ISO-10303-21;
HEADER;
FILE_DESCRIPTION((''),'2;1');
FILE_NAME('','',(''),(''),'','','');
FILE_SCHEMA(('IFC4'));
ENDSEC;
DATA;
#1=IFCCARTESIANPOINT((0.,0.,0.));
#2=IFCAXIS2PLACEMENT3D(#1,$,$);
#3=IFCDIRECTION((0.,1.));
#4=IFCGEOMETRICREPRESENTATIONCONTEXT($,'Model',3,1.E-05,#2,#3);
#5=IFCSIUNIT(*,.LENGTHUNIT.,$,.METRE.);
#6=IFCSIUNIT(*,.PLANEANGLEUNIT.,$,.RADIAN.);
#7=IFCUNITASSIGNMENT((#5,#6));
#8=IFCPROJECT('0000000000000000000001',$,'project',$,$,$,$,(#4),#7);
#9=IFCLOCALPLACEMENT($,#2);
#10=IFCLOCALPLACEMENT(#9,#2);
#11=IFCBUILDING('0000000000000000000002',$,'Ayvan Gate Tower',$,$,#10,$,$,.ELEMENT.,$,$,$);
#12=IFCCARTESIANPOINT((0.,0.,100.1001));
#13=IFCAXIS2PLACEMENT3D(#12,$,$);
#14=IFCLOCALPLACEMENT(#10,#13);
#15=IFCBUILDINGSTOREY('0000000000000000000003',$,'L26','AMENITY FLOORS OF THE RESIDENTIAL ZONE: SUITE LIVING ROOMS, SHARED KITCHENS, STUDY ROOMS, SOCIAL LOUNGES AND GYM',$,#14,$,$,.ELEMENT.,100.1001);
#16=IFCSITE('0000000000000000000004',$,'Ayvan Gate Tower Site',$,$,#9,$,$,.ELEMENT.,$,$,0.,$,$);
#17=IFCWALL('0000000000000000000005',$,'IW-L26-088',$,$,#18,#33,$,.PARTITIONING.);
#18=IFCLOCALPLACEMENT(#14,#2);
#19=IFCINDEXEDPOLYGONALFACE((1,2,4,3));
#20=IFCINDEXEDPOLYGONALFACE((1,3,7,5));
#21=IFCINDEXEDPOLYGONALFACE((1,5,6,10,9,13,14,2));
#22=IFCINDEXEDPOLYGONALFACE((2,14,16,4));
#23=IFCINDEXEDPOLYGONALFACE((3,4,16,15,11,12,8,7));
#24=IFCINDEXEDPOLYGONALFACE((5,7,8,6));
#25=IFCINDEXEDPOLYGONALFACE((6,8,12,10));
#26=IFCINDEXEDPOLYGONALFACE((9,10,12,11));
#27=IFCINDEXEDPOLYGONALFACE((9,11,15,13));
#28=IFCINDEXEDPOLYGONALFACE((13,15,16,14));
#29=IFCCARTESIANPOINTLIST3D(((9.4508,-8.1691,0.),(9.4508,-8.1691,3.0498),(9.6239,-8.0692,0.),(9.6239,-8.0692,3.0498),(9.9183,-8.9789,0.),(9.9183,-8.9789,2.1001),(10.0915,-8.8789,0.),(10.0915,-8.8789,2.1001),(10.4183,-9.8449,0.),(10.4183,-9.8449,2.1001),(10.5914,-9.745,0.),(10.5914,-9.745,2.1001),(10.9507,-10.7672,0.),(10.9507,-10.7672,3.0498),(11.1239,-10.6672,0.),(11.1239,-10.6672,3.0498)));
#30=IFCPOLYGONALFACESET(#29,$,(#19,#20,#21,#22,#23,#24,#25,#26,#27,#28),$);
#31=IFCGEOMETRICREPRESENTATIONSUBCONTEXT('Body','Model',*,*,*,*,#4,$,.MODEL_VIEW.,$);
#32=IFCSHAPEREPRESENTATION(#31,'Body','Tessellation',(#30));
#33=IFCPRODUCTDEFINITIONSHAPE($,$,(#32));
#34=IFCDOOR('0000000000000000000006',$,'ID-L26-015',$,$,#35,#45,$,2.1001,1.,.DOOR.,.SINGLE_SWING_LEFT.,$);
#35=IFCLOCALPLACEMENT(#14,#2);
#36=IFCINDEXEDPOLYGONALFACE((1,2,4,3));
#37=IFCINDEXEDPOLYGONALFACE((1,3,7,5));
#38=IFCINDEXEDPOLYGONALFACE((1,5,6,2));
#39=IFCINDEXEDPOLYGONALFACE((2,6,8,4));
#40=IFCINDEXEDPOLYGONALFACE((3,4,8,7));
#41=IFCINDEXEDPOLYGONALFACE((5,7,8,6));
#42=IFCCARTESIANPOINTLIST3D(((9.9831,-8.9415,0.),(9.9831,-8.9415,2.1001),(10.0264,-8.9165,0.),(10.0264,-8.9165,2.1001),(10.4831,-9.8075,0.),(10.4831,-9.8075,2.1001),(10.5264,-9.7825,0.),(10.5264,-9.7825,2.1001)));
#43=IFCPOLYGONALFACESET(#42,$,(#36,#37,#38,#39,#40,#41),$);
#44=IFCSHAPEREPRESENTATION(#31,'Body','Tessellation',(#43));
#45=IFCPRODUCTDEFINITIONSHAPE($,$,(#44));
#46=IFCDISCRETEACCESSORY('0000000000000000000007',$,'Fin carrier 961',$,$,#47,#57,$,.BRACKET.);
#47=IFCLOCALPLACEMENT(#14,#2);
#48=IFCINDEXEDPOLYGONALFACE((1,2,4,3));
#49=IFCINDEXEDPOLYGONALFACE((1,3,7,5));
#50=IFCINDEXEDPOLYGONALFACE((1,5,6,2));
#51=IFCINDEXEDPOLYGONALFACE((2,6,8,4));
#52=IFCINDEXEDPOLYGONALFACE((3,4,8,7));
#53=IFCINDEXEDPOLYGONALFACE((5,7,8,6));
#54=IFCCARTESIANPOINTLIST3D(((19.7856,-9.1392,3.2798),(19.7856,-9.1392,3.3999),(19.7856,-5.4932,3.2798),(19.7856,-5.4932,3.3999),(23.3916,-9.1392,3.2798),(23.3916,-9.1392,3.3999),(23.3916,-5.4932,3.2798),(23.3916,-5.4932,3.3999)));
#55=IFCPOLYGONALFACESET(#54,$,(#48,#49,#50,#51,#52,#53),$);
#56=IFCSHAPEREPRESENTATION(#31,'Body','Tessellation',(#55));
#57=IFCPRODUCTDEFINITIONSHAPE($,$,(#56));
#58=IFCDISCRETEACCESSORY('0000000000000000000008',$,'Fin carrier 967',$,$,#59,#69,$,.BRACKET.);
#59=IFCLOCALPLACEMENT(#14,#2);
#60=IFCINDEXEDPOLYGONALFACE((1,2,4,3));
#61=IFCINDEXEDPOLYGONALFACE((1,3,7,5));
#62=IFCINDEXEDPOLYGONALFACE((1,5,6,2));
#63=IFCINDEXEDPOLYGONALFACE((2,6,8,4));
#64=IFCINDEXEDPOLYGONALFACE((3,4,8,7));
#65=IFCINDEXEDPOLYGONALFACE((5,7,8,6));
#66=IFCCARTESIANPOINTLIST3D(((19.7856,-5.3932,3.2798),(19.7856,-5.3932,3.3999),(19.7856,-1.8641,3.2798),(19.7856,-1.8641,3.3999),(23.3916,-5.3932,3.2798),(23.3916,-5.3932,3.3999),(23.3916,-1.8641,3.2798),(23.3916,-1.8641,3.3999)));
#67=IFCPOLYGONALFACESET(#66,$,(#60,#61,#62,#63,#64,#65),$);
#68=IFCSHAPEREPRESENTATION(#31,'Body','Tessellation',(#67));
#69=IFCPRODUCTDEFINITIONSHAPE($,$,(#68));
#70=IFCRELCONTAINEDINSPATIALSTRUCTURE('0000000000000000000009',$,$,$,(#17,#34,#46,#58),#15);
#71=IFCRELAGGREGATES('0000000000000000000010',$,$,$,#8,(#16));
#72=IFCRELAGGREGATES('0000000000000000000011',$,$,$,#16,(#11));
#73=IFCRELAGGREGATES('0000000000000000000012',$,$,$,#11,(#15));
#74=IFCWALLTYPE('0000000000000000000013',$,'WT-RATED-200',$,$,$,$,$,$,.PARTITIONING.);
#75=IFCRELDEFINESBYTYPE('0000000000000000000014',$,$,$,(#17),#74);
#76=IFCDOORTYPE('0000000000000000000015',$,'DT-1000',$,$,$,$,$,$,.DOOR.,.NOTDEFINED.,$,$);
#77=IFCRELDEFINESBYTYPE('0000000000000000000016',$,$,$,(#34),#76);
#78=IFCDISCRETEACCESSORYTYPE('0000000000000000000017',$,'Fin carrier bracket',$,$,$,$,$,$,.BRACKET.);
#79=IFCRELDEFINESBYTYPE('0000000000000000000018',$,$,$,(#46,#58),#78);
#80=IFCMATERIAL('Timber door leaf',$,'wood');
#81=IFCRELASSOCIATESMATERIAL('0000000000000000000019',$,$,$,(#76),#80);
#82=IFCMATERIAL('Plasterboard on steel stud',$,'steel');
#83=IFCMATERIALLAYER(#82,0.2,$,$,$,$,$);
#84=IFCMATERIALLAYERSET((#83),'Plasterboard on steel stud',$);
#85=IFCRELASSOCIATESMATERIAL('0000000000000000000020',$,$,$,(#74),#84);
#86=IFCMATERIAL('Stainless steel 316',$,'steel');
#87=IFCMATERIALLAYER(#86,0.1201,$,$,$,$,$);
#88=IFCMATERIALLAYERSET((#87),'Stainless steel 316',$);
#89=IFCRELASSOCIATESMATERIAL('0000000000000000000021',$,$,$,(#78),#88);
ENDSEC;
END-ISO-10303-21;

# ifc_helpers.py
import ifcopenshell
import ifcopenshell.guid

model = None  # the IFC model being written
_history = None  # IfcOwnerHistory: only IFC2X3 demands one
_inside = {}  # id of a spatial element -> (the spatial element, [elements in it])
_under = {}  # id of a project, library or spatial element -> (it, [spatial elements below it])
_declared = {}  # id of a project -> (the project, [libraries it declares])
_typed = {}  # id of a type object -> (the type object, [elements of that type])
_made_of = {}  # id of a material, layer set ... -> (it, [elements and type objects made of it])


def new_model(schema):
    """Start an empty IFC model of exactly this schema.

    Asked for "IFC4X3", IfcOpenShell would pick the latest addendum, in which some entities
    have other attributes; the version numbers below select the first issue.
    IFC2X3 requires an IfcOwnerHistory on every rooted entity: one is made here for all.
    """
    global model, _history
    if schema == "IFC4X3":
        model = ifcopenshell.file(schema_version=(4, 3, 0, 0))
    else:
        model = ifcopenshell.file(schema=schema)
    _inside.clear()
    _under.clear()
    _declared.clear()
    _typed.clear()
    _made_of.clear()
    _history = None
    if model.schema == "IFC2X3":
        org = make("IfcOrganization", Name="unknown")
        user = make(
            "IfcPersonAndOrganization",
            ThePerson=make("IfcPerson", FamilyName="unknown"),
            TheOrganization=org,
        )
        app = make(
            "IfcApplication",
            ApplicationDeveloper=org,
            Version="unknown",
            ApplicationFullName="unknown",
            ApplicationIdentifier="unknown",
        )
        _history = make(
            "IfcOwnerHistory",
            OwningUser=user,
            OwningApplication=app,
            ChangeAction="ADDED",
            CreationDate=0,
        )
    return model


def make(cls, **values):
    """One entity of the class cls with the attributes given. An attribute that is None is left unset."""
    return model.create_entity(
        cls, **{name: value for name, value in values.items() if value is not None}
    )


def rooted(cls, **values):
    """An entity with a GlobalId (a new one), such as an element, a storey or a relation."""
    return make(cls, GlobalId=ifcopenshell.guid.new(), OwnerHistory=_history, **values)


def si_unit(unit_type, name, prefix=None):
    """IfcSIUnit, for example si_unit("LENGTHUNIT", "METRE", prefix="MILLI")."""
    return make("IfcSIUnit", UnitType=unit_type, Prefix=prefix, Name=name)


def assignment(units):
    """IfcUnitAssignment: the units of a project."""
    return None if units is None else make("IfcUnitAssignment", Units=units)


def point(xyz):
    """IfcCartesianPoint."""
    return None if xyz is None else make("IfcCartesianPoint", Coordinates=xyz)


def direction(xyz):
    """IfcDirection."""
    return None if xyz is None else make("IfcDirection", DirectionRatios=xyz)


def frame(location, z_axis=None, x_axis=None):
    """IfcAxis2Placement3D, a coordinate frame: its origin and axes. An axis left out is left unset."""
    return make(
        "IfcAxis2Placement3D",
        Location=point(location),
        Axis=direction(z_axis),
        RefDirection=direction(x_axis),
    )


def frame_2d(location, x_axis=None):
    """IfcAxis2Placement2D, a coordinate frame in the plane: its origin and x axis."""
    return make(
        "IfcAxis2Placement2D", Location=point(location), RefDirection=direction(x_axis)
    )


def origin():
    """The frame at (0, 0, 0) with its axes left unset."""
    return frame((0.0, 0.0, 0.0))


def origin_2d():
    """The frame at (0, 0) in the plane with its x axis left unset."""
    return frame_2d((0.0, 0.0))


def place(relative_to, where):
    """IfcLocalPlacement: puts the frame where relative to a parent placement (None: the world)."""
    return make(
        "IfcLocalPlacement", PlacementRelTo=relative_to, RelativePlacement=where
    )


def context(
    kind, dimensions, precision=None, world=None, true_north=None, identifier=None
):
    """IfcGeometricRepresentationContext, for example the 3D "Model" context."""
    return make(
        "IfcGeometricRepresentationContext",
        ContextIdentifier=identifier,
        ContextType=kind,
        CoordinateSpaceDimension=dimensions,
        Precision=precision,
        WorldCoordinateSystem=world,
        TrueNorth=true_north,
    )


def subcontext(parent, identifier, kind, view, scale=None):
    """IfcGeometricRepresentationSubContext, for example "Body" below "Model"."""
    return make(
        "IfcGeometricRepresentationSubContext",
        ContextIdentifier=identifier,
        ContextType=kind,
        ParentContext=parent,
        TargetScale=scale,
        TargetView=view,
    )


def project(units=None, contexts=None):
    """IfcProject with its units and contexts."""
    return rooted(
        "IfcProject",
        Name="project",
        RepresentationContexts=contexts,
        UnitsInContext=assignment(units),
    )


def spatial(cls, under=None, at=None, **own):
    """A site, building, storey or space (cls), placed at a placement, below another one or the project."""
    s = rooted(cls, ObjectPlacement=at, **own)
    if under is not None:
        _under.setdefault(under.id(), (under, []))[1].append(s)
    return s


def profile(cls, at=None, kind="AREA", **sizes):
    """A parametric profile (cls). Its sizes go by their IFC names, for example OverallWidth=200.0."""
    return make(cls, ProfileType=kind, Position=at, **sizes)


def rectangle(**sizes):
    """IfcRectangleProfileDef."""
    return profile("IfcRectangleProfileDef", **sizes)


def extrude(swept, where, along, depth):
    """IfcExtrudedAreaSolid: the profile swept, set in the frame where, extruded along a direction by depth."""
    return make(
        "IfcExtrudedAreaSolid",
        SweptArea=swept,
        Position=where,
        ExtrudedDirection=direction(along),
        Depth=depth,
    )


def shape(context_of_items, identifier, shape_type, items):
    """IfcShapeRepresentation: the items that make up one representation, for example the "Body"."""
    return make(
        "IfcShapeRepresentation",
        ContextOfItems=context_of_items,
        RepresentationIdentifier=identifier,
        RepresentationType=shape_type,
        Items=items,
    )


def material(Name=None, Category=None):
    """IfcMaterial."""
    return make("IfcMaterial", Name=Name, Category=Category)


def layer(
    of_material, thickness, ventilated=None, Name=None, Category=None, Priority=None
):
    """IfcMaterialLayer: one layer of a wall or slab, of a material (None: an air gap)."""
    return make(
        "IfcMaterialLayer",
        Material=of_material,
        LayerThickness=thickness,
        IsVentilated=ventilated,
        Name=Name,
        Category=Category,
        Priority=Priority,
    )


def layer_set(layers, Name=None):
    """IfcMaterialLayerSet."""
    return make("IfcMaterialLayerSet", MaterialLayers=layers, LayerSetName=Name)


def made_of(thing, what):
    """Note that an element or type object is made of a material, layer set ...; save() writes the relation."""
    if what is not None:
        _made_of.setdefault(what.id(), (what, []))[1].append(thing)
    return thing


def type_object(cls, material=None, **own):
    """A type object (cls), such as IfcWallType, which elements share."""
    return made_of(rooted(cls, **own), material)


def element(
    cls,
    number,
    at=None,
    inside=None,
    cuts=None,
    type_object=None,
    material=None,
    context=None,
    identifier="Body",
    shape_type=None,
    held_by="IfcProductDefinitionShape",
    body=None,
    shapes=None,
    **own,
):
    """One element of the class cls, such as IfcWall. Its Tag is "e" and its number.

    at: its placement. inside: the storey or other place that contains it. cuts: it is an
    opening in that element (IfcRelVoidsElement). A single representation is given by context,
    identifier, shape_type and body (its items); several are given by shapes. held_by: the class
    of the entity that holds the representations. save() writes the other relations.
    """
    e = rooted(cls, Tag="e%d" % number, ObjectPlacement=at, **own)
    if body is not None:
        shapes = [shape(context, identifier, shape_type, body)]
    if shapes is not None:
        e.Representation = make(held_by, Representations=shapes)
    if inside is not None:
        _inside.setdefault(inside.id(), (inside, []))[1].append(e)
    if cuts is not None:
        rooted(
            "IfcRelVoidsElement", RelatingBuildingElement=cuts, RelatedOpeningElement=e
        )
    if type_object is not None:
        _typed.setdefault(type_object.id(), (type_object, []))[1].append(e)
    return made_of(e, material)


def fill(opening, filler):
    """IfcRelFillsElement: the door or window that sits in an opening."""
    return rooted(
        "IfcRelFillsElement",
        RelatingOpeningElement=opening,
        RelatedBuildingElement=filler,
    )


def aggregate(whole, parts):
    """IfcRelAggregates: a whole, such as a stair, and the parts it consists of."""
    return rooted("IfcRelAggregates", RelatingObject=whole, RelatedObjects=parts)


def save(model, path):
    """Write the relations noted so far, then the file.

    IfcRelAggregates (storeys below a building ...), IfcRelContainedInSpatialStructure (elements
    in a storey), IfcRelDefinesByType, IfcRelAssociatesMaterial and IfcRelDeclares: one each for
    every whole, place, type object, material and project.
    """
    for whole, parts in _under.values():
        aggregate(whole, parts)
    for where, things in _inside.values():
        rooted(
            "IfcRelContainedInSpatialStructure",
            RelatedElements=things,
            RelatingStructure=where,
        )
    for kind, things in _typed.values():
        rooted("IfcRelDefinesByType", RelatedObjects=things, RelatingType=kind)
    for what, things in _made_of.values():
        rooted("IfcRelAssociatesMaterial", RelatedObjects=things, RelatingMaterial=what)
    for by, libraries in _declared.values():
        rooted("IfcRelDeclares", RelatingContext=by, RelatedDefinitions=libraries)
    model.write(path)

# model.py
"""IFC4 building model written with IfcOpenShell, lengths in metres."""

from ifc_helpers import new_model, si_unit, direction, frame, frame_2d, origin, origin_2d, place, context, subcontext, project, spatial, rectangle, extrude, material, layer, layer_set, type_object, element, fill, save


model = new_model("IFC4")

# Units and contexts
model_context = context("Model", 3, precision=1e-05, world=origin(), true_north=direction((0.0, 1.0)))
body_context = subcontext(model_context, "Body", "Model", "MODEL_VIEW")
ifc_project = project(units=[si_unit("LENGTHUNIT", "METRE"), si_unit("PLANEANGLEUNIT", "RADIAN")], contexts=[model_context])

# Site, building, storey
site_placement = place(None, origin())
site = spatial("IfcSite", under=ifc_project, at=site_placement, Name="Ayvan Gate Tower Site", CompositionType="ELEMENT", RefElevation=0.0)
building_placement = place(site_placement, origin())
building = spatial("IfcBuilding", under=site, at=building_placement, Name="Ayvan Gate Tower", CompositionType="ELEMENT")
storey_placement = place(building_placement, frame((0.0, 0.0, 100.1001)))
storey = spatial("IfcBuildingStorey", under=building, at=storey_placement, Name="L26", Description="AMENITY FLOORS OF THE RESIDENTIAL ZONE: SUITE LIVING ROOMS, SHARED KITCHENS, STUDY ROOMS, SOCIAL LOUNGES AND GYM", CompositionType="ELEMENT", Elevation=100.1001)

# Shared definitions
ifc_material_1 = material(Name="Timber door leaf", Category="wood")
ifc_material_2 = material(Name="Plasterboard on steel stud", Category="steel")
door_type_1 = type_object("IfcDoorType", Name="DT-1000", OperationType="NOTDEFINED", PredefinedType="DOOR", material=ifc_material_1)

# Wall, opening, door
ifc_layer_1 = layer(ifc_material_2, 0.2)
ifc_layer_set_1 = layer_set([ifc_layer_1], Name="Plasterboard on steel stud")
wall_type_1 = type_object("IfcWallType", Name="WT-RATED-200", PredefinedType="PARTITIONING", material=ifc_layer_set_1)
wall_1_placement = place(storey_placement, frame((9.5374, -8.1191, 0.0), z_axis=(0.0, 0.0, 1.0), x_axis=(0.49999, -0.866031, 0.0)))
wall_1 = element("IfcWall", 1, at=wall_1_placement, inside=storey, type_object=wall_type_1, Name="IW-L26-088", PredefinedType="PARTITIONING", context=body_context, shape_type="SweptSolid", body=[
    extrude(rectangle(XDim=3.0, YDim=0.2, at=frame_2d((1.5, 0.0))), origin(), (0.0, 0.0, 1.0), 3.0498),
])
opening_1_placement = place(wall_1_placement, frame((0.9351, 0.0, 0.0)))
opening_1 = element("IfcOpeningElement", 2, at=opening_1_placement, cuts=wall_1, PredefinedType="OPENING", context=body_context, shape_type="SweptSolid", body=[
    extrude(rectangle(XDim=1.0, YDim=2.1001, at=frame_2d((0.5, 1.05))), frame((0.0, 0.1099, 0.0), z_axis=(0.0, -1.0, 0.0), x_axis=(1.0, 0.0, 0.0)), (0.0, 0.0, 1.0), 0.22),
])
door_1_placement = place(opening_1_placement, origin())
door_1 = element("IfcDoor", 3, at=door_1_placement, inside=storey, type_object=door_type_1, Name="ID-L26-015", OperationType="SINGLE_SWING_LEFT", OverallHeight=2.1001, OverallWidth=1.0, PredefinedType="DOOR", context=body_context, shape_type="SweptSolid", body=[
    extrude(rectangle(XDim=1.0, YDim=2.1001, at=frame_2d((0.5, 1.05))), frame((0.0, 0.0249, 0.0), z_axis=(0.0, -1.0, 0.0), x_axis=(1.0, 0.0, 0.0)), (0.0, 0.0, 1.0), 0.05),
])
fill(opening_1, door_1)

# Discrete accessories
ifc_material_3 = material(Name="Stainless steel 316", Category="steel")
ifc_layer_2 = layer(ifc_material_3, 0.1201)
ifc_layer_set_2 = layer_set([ifc_layer_2], Name="Stainless steel 316")
discrete_accessory_type = type_object("IfcDiscreteAccessoryType", Name="Fin carrier bracket", PredefinedType="BRACKET", material=ifc_layer_set_2)
discrete_accessory_1_placement = place(storey_placement, frame((21.5886, -7.3162, 3.2798), z_axis=(0.0, 0.0, 1.0), x_axis=(0.0, 1.0, 0.0)))
element("IfcDiscreteAccessory", 4, at=discrete_accessory_1_placement, inside=storey, type_object=discrete_accessory_type, Name="Fin carrier 961", PredefinedType="BRACKET", context=body_context, shape_type="SweptSolid", body=[
    extrude(rectangle(XDim=3.646, YDim=3.606, at=origin_2d()), origin(), (0.0, 0.0, 1.0), 0.1201),
])
discrete_accessory_2_placement = place(storey_placement, frame((21.5886, -3.6287, 3.2798), z_axis=(0.0, 0.0, 1.0), x_axis=(0.0, 1.0, 0.0)))
element("IfcDiscreteAccessory", 5, at=discrete_accessory_2_placement, inside=storey, type_object=discrete_accessory_type, Name="Fin carrier 967", PredefinedType="BRACKET", context=body_context, shape_type="SweptSolid", body=[
    extrude(rectangle(XDim=3.5291, YDim=3.606, at=origin_2d()), origin(), (0.0, 0.0, 1.0), 0.1201),
])

save(model, "model.ifc")
